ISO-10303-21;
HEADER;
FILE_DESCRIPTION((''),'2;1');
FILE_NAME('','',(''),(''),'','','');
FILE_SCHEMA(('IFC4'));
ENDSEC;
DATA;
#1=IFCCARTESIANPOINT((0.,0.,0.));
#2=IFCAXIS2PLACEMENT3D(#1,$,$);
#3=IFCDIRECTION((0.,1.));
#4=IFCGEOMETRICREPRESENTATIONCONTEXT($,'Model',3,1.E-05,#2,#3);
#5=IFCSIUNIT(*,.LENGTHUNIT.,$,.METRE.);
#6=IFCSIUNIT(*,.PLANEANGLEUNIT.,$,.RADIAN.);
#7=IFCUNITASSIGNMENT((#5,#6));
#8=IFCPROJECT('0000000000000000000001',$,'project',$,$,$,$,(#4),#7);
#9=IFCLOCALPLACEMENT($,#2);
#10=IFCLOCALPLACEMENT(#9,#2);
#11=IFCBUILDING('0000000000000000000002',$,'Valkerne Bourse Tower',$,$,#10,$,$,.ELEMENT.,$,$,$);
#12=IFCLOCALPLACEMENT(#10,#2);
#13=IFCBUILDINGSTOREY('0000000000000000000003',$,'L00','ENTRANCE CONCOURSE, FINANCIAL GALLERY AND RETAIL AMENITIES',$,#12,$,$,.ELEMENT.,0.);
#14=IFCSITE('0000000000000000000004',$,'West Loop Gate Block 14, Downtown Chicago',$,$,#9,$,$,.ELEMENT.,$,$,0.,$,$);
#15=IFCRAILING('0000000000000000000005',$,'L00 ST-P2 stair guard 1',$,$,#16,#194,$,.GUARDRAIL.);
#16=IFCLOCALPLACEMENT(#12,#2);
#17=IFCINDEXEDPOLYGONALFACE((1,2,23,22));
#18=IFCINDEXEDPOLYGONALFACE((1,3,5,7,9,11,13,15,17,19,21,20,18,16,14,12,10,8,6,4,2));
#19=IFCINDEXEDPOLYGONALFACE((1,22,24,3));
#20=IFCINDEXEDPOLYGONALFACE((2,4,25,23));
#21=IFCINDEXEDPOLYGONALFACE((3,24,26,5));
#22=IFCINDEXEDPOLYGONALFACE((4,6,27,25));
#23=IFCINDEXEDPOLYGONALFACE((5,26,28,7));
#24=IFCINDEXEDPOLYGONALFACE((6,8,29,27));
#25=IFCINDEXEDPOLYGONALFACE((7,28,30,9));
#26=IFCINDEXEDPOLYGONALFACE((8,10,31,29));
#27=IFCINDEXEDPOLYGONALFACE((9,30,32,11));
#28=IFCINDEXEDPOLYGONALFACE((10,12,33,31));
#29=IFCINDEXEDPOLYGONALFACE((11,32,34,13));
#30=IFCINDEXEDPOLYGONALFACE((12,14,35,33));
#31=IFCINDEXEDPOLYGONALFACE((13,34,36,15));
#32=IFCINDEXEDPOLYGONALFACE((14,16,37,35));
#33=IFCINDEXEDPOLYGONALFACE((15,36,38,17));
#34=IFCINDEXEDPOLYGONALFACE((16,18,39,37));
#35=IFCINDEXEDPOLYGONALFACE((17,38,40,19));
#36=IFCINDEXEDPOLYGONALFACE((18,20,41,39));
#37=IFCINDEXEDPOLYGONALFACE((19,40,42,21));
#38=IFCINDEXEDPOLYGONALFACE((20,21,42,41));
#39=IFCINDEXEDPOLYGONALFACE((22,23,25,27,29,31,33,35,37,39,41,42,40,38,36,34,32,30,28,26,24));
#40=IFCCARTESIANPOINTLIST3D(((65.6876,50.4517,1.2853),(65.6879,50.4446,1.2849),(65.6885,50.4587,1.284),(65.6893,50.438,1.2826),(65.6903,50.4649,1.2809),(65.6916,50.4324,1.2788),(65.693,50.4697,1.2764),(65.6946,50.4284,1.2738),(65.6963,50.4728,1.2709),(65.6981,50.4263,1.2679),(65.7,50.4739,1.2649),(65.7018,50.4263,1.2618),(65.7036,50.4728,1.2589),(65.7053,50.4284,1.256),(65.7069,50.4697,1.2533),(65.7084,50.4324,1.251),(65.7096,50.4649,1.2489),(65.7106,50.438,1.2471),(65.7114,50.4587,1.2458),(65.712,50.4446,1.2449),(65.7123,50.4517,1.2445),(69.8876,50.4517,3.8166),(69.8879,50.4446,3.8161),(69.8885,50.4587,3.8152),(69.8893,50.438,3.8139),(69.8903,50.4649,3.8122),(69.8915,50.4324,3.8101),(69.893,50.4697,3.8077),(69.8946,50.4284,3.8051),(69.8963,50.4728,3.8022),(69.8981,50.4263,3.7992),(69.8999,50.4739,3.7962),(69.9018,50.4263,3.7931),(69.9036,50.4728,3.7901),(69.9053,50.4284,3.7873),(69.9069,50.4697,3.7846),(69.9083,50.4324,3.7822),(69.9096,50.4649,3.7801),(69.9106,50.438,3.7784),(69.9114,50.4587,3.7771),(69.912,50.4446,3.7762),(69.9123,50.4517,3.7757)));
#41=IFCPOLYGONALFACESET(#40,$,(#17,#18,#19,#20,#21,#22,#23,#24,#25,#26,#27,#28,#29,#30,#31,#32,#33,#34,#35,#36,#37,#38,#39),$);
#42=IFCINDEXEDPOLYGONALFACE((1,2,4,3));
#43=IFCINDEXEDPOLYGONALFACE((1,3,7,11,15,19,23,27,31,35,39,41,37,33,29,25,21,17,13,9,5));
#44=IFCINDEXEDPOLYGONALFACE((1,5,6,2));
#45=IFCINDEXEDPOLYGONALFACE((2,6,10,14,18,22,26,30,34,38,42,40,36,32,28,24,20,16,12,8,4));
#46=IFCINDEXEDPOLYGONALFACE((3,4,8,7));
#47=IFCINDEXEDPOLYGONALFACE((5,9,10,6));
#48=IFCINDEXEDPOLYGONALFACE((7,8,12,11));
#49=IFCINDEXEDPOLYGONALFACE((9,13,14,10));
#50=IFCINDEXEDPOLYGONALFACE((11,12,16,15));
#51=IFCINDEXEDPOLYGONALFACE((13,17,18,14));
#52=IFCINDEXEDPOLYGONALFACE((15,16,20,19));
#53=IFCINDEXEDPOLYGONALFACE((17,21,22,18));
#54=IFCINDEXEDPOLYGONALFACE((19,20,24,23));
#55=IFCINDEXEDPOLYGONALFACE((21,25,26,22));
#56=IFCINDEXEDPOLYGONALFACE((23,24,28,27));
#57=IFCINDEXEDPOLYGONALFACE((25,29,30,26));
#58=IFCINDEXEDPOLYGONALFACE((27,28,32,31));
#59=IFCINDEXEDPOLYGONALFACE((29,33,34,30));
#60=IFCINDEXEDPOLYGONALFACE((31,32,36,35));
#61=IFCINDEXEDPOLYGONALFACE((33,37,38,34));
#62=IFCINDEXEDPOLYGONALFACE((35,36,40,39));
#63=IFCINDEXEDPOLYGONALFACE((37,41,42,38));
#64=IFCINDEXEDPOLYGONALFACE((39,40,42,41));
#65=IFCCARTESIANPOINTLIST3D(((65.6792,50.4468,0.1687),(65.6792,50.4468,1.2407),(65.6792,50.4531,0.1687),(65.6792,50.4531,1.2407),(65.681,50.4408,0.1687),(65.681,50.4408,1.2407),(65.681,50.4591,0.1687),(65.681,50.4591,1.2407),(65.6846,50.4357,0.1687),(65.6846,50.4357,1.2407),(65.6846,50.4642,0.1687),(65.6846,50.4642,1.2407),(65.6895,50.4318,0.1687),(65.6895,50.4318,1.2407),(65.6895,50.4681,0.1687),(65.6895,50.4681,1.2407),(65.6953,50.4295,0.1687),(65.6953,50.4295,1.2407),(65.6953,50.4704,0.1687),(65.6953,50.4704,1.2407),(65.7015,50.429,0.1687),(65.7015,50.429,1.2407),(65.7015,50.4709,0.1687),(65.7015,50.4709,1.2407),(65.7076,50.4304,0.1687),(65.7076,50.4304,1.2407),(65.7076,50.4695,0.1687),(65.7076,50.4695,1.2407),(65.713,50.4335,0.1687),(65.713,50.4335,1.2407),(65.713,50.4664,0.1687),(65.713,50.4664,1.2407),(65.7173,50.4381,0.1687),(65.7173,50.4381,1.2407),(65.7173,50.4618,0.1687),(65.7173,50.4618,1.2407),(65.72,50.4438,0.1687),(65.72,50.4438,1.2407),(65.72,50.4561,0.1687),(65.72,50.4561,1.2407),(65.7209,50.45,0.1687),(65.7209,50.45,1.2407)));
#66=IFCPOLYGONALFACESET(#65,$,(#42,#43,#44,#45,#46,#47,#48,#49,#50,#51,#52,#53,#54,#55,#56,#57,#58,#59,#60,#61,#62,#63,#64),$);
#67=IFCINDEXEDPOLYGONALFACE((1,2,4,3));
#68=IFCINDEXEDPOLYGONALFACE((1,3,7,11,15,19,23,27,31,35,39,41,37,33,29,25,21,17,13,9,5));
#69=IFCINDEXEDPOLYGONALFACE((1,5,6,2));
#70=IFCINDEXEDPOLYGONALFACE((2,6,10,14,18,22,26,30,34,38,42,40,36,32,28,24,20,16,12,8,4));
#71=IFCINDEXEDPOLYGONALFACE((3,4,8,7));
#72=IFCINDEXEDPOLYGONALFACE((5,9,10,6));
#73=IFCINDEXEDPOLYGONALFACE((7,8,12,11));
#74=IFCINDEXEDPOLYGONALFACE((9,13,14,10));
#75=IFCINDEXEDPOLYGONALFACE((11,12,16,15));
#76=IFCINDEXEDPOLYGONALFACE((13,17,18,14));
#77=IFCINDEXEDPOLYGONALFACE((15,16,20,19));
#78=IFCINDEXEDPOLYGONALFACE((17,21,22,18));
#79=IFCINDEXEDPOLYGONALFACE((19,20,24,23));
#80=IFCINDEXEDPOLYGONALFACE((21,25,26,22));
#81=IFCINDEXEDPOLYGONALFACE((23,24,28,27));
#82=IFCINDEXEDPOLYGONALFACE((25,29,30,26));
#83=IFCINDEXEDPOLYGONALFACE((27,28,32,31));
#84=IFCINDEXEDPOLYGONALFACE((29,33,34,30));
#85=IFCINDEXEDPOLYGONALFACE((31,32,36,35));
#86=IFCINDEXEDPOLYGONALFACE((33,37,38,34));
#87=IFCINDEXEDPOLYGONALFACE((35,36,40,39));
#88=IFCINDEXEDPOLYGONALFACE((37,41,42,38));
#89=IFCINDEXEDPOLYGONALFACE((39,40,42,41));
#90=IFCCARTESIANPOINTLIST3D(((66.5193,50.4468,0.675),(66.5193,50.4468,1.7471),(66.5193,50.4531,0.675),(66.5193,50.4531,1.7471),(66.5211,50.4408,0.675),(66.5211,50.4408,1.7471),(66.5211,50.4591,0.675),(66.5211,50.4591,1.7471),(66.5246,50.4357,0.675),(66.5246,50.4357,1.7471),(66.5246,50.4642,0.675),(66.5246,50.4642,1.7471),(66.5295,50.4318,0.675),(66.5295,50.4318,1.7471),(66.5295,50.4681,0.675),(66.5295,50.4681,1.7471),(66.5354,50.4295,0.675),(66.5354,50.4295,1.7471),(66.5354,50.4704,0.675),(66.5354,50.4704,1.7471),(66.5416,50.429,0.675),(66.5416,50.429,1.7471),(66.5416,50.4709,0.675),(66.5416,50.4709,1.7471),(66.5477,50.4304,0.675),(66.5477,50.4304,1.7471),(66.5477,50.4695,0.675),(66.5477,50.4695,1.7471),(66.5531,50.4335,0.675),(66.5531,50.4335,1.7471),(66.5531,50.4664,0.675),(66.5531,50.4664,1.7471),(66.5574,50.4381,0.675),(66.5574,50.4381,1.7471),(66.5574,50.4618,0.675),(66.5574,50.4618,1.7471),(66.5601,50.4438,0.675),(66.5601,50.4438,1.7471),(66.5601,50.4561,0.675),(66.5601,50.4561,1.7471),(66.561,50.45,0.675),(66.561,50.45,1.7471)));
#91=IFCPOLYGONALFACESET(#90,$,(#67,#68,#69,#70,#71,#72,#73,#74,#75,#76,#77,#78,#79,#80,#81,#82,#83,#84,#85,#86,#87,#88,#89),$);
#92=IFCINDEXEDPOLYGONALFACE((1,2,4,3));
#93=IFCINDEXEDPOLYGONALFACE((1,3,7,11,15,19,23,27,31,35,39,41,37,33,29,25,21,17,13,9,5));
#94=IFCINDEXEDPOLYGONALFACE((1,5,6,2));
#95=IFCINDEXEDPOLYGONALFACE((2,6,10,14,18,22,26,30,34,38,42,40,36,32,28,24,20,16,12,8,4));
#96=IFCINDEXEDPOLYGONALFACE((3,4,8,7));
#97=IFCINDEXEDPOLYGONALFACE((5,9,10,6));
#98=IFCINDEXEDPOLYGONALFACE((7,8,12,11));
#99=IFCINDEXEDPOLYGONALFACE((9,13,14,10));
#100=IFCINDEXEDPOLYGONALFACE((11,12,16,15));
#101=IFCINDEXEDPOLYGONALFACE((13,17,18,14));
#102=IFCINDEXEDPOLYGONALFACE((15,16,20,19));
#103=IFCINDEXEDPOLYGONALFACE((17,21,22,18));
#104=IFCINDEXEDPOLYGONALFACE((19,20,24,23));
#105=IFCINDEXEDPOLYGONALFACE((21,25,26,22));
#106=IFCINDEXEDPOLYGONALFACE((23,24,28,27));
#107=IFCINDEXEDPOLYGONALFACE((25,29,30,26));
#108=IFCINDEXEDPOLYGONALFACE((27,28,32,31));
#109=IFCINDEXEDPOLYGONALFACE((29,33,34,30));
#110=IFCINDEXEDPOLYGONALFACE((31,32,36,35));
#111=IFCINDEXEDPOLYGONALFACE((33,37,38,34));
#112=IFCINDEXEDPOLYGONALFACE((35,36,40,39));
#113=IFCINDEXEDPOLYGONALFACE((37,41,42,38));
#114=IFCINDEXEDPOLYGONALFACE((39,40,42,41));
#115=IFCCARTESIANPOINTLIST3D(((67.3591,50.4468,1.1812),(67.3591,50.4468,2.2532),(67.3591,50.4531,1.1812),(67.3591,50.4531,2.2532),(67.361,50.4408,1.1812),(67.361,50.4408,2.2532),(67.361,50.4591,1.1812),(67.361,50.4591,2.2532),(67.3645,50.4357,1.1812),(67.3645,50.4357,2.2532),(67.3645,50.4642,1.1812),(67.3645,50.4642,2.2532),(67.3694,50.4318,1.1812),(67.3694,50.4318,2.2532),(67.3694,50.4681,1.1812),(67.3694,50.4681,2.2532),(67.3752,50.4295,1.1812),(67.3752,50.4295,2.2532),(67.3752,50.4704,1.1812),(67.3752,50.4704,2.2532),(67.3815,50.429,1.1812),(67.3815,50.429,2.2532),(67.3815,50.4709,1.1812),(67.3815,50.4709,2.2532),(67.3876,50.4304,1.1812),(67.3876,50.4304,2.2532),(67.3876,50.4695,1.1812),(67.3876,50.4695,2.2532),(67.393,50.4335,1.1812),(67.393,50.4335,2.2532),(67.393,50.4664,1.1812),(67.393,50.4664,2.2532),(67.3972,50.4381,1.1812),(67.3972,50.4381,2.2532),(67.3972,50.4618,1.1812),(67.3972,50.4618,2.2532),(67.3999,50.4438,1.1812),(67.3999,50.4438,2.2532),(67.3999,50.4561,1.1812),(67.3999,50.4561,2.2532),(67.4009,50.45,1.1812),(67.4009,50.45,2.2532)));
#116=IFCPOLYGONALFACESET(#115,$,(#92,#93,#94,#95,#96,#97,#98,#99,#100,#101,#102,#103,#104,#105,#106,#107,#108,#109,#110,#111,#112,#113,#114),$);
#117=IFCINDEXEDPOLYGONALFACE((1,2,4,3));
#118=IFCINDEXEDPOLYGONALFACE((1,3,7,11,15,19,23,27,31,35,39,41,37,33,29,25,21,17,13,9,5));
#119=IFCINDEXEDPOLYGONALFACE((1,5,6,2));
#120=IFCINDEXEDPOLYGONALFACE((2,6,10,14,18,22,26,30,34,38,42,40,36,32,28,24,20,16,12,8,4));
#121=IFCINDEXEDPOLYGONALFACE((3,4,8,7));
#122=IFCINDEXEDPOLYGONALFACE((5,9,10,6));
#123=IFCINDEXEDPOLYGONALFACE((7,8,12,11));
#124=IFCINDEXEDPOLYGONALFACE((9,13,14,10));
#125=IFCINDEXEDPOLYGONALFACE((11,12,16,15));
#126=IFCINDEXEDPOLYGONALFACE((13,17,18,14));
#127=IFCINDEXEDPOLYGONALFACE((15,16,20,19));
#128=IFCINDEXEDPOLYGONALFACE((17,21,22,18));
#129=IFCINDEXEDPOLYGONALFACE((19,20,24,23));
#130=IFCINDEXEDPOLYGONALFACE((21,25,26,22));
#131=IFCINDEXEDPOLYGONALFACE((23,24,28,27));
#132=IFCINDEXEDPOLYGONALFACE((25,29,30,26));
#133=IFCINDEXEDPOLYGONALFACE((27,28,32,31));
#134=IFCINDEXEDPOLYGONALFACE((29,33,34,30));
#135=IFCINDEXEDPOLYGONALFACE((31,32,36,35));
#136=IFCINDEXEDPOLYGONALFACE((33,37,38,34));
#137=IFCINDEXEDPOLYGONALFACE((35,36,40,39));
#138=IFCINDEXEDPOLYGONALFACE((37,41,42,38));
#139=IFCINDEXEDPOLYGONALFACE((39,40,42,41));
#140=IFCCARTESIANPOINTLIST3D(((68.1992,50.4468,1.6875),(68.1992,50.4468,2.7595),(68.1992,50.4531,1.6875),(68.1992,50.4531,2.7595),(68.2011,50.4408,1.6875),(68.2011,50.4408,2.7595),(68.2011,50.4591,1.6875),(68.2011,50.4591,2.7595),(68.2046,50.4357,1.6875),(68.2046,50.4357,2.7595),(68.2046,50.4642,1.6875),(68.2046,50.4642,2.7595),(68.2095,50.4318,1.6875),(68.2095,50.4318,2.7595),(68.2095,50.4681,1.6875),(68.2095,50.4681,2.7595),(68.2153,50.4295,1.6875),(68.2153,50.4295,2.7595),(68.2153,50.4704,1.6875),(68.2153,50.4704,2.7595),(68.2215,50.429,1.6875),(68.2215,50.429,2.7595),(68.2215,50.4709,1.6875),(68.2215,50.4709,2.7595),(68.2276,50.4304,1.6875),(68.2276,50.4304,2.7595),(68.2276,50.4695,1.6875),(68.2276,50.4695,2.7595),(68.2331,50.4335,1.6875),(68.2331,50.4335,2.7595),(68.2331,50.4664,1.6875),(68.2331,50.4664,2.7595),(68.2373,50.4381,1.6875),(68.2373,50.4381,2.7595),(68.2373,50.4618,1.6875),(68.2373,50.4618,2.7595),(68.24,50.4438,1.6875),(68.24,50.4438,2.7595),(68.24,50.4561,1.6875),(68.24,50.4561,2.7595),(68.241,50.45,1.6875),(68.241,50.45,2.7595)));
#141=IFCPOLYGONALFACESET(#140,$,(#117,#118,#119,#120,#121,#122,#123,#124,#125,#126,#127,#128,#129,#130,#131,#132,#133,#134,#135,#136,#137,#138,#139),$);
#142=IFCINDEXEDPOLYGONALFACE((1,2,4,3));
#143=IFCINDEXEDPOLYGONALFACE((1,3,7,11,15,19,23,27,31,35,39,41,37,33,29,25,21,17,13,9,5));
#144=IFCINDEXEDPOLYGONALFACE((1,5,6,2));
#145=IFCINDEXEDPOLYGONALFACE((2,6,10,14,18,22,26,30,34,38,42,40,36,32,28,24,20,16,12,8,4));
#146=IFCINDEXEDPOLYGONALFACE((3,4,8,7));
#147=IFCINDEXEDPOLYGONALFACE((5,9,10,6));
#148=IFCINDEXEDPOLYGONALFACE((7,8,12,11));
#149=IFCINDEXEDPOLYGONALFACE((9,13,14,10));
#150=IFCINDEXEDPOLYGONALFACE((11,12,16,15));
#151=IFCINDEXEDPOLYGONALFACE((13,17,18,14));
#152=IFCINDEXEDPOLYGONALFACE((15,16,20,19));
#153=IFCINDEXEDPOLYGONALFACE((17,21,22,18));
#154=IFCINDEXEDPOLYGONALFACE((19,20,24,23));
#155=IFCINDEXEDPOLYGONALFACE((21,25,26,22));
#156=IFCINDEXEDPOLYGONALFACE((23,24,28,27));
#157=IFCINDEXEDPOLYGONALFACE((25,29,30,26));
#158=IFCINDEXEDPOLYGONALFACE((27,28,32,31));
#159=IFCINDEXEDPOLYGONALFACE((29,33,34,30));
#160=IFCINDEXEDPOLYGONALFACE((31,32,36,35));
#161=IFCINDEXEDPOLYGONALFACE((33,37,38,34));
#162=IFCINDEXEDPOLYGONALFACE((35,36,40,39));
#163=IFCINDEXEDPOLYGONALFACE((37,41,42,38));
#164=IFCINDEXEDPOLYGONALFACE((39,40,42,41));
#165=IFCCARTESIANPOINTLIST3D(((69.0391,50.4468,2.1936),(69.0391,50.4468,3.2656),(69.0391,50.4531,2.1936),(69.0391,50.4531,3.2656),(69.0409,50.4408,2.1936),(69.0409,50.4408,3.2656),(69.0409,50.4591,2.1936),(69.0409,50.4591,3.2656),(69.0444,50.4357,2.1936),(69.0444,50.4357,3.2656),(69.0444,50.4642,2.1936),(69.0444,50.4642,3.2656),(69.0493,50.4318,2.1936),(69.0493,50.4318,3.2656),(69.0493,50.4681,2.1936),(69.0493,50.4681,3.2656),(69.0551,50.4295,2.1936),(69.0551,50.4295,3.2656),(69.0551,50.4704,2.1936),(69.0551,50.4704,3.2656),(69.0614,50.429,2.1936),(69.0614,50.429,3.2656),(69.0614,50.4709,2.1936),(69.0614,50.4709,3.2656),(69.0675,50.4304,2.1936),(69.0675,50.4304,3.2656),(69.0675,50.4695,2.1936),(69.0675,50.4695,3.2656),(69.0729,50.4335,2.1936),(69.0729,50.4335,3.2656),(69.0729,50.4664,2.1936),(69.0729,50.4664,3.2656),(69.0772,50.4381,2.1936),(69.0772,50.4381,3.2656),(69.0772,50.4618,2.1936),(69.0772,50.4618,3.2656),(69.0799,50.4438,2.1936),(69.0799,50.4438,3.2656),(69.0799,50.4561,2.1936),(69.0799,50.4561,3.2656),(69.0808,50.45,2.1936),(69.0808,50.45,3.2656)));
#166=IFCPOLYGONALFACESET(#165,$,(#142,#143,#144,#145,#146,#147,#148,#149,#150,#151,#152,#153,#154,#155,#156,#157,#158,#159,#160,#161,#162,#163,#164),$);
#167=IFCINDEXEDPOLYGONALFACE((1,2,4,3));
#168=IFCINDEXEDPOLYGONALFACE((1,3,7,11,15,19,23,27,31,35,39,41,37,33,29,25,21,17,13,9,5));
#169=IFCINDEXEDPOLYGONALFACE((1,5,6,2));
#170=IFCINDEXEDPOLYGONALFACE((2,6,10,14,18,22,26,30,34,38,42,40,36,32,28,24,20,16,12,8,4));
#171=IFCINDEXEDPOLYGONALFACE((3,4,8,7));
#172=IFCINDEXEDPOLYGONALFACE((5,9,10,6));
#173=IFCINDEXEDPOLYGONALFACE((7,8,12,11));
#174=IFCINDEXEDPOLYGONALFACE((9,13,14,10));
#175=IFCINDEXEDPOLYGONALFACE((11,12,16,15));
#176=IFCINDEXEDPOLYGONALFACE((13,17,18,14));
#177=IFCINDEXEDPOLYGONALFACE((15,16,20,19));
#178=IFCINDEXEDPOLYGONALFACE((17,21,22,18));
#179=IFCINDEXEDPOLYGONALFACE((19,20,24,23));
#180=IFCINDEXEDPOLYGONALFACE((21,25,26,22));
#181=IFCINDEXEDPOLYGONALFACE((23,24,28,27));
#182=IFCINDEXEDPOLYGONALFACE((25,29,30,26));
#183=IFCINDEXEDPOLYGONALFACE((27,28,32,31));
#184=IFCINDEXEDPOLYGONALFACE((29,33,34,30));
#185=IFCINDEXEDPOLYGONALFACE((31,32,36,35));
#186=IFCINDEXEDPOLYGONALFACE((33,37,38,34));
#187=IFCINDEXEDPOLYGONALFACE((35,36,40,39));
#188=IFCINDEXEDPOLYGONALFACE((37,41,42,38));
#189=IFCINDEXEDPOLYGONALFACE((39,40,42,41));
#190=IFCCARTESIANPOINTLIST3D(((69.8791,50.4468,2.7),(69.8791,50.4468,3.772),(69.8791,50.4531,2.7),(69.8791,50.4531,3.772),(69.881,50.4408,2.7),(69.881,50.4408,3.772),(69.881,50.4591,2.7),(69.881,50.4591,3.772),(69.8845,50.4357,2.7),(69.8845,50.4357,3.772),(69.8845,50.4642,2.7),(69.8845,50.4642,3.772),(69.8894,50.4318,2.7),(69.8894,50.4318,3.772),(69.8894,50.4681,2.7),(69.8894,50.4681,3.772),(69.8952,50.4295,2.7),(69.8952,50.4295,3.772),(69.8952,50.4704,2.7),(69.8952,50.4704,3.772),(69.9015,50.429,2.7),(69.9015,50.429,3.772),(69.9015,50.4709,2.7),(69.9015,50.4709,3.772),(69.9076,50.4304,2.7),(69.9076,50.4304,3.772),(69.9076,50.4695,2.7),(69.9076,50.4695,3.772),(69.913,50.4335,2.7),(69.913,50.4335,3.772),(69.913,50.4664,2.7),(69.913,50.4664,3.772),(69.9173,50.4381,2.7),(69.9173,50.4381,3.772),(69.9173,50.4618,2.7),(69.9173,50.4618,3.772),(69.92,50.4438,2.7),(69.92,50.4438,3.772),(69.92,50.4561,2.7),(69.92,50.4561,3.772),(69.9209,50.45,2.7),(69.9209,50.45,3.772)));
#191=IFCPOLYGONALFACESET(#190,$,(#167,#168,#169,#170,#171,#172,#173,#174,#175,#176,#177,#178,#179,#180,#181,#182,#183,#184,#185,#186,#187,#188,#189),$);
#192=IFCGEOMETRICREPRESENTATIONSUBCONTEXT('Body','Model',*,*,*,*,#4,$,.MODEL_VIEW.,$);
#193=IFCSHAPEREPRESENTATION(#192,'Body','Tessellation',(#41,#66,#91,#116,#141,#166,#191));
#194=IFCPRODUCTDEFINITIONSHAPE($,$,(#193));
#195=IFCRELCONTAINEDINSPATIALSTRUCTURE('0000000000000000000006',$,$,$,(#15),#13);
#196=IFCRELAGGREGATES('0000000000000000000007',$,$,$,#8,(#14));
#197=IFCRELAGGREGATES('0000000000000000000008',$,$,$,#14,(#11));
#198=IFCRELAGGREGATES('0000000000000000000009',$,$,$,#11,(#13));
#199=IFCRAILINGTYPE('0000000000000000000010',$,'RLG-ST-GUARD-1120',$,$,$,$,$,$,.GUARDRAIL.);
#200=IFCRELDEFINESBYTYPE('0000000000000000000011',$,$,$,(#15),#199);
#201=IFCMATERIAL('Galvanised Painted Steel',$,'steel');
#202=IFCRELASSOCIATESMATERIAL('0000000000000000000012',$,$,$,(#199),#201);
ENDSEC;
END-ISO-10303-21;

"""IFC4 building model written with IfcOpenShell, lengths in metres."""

from ifc_helpers import new_model, si_unit, direction, frame, origin, origin_2d, place, context, subcontext, project, spatial, circle, extrude, material, type_object, element, save


model = new_model("IFC4")

# Units and contexts
model_context = context("Model", 3, precision=1e-05, world=origin(), true_north=direction((0.0, 1.0)))
body_context = subcontext(model_context, "Body", "Model", "MODEL_VIEW")
ifc_project = project(units=[si_unit("LENGTHUNIT", "METRE"), si_unit("PLANEANGLEUNIT", "RADIAN")], contexts=[model_context])

# Site, building, storey
site_placement = place(None, origin())
site = spatial("IfcSite", under=ifc_project, at=site_placement, Name="West Loop Gate Block 14, Downtown Chicago", CompositionType="ELEMENT", RefElevation=0.0)
building_placement = place(site_placement, origin())
building = spatial("IfcBuilding", under=site, at=building_placement, Name="Valkerne Bourse Tower", CompositionType="ELEMENT")
storey_placement = place(building_placement, origin())
storey = spatial("IfcBuildingStorey", under=building, at=storey_placement, Name="L00", Description="ENTRANCE CONCOURSE, FINANCIAL GALLERY AND RETAIL AMENITIES", CompositionType="ELEMENT", Elevation=0.0)

# Shared definitions
ifc_material_1 = material(Name="Galvanised Painted Steel", Category="steel")

# Railing
railing_type_1 = type_object("IfcRailingType", Name="RLG-ST-GUARD-1120", PredefinedType="GUARDRAIL", material=ifc_material_1)
railing_1_placement = place(storey_placement, frame((65.7, 50.45, 0.1687)))
element("IfcRailing", 1, at=railing_1_placement, inside=storey, type_object=railing_type_1, Name="L00 ST-P2 stair guard 1", PredefinedType="GUARDRAIL", context=body_context, shape_type="SweptSolid", body=[
    extrude(circle(Radius=0.0239, at=origin_2d()), frame((0.0, 0.0, 1.0962), z_axis=(0.856476, 0.0, 0.516186), x_axis=(0.0, 1.0, 0.0)), (0.0, 0.0, 1.0), 4.9038),
    extrude(circle(Radius=0.021, at=origin_2d()), origin(), (0.0, 0.0, 1.0), 1.072),
    extrude(circle(Radius=0.021, at=origin_2d()), frame((0.8401, 0.0, 0.5063)), (0.0, 0.0, 1.0), 1.072),
    extrude(circle(Radius=0.021, at=origin_2d()), frame((1.6799, 0.0, 1.0125)), (0.0, 0.0, 1.0), 1.072),
    extrude(circle(Radius=0.021, at=origin_2d()), frame((2.52, 0.0, 1.5188)), (0.0, 0.0, 1.0), 1.072),
    extrude(circle(Radius=0.021, at=origin_2d()), frame((3.3599, 0.0, 2.0249)), (0.0, 0.0, 1.0), 1.072),
    extrude(circle(Radius=0.021, at=origin_2d()), frame((4.2, 0.0, 2.5312)), (0.0, 0.0, 1.0), 1.072),
])

save(model, "model.ifc")
